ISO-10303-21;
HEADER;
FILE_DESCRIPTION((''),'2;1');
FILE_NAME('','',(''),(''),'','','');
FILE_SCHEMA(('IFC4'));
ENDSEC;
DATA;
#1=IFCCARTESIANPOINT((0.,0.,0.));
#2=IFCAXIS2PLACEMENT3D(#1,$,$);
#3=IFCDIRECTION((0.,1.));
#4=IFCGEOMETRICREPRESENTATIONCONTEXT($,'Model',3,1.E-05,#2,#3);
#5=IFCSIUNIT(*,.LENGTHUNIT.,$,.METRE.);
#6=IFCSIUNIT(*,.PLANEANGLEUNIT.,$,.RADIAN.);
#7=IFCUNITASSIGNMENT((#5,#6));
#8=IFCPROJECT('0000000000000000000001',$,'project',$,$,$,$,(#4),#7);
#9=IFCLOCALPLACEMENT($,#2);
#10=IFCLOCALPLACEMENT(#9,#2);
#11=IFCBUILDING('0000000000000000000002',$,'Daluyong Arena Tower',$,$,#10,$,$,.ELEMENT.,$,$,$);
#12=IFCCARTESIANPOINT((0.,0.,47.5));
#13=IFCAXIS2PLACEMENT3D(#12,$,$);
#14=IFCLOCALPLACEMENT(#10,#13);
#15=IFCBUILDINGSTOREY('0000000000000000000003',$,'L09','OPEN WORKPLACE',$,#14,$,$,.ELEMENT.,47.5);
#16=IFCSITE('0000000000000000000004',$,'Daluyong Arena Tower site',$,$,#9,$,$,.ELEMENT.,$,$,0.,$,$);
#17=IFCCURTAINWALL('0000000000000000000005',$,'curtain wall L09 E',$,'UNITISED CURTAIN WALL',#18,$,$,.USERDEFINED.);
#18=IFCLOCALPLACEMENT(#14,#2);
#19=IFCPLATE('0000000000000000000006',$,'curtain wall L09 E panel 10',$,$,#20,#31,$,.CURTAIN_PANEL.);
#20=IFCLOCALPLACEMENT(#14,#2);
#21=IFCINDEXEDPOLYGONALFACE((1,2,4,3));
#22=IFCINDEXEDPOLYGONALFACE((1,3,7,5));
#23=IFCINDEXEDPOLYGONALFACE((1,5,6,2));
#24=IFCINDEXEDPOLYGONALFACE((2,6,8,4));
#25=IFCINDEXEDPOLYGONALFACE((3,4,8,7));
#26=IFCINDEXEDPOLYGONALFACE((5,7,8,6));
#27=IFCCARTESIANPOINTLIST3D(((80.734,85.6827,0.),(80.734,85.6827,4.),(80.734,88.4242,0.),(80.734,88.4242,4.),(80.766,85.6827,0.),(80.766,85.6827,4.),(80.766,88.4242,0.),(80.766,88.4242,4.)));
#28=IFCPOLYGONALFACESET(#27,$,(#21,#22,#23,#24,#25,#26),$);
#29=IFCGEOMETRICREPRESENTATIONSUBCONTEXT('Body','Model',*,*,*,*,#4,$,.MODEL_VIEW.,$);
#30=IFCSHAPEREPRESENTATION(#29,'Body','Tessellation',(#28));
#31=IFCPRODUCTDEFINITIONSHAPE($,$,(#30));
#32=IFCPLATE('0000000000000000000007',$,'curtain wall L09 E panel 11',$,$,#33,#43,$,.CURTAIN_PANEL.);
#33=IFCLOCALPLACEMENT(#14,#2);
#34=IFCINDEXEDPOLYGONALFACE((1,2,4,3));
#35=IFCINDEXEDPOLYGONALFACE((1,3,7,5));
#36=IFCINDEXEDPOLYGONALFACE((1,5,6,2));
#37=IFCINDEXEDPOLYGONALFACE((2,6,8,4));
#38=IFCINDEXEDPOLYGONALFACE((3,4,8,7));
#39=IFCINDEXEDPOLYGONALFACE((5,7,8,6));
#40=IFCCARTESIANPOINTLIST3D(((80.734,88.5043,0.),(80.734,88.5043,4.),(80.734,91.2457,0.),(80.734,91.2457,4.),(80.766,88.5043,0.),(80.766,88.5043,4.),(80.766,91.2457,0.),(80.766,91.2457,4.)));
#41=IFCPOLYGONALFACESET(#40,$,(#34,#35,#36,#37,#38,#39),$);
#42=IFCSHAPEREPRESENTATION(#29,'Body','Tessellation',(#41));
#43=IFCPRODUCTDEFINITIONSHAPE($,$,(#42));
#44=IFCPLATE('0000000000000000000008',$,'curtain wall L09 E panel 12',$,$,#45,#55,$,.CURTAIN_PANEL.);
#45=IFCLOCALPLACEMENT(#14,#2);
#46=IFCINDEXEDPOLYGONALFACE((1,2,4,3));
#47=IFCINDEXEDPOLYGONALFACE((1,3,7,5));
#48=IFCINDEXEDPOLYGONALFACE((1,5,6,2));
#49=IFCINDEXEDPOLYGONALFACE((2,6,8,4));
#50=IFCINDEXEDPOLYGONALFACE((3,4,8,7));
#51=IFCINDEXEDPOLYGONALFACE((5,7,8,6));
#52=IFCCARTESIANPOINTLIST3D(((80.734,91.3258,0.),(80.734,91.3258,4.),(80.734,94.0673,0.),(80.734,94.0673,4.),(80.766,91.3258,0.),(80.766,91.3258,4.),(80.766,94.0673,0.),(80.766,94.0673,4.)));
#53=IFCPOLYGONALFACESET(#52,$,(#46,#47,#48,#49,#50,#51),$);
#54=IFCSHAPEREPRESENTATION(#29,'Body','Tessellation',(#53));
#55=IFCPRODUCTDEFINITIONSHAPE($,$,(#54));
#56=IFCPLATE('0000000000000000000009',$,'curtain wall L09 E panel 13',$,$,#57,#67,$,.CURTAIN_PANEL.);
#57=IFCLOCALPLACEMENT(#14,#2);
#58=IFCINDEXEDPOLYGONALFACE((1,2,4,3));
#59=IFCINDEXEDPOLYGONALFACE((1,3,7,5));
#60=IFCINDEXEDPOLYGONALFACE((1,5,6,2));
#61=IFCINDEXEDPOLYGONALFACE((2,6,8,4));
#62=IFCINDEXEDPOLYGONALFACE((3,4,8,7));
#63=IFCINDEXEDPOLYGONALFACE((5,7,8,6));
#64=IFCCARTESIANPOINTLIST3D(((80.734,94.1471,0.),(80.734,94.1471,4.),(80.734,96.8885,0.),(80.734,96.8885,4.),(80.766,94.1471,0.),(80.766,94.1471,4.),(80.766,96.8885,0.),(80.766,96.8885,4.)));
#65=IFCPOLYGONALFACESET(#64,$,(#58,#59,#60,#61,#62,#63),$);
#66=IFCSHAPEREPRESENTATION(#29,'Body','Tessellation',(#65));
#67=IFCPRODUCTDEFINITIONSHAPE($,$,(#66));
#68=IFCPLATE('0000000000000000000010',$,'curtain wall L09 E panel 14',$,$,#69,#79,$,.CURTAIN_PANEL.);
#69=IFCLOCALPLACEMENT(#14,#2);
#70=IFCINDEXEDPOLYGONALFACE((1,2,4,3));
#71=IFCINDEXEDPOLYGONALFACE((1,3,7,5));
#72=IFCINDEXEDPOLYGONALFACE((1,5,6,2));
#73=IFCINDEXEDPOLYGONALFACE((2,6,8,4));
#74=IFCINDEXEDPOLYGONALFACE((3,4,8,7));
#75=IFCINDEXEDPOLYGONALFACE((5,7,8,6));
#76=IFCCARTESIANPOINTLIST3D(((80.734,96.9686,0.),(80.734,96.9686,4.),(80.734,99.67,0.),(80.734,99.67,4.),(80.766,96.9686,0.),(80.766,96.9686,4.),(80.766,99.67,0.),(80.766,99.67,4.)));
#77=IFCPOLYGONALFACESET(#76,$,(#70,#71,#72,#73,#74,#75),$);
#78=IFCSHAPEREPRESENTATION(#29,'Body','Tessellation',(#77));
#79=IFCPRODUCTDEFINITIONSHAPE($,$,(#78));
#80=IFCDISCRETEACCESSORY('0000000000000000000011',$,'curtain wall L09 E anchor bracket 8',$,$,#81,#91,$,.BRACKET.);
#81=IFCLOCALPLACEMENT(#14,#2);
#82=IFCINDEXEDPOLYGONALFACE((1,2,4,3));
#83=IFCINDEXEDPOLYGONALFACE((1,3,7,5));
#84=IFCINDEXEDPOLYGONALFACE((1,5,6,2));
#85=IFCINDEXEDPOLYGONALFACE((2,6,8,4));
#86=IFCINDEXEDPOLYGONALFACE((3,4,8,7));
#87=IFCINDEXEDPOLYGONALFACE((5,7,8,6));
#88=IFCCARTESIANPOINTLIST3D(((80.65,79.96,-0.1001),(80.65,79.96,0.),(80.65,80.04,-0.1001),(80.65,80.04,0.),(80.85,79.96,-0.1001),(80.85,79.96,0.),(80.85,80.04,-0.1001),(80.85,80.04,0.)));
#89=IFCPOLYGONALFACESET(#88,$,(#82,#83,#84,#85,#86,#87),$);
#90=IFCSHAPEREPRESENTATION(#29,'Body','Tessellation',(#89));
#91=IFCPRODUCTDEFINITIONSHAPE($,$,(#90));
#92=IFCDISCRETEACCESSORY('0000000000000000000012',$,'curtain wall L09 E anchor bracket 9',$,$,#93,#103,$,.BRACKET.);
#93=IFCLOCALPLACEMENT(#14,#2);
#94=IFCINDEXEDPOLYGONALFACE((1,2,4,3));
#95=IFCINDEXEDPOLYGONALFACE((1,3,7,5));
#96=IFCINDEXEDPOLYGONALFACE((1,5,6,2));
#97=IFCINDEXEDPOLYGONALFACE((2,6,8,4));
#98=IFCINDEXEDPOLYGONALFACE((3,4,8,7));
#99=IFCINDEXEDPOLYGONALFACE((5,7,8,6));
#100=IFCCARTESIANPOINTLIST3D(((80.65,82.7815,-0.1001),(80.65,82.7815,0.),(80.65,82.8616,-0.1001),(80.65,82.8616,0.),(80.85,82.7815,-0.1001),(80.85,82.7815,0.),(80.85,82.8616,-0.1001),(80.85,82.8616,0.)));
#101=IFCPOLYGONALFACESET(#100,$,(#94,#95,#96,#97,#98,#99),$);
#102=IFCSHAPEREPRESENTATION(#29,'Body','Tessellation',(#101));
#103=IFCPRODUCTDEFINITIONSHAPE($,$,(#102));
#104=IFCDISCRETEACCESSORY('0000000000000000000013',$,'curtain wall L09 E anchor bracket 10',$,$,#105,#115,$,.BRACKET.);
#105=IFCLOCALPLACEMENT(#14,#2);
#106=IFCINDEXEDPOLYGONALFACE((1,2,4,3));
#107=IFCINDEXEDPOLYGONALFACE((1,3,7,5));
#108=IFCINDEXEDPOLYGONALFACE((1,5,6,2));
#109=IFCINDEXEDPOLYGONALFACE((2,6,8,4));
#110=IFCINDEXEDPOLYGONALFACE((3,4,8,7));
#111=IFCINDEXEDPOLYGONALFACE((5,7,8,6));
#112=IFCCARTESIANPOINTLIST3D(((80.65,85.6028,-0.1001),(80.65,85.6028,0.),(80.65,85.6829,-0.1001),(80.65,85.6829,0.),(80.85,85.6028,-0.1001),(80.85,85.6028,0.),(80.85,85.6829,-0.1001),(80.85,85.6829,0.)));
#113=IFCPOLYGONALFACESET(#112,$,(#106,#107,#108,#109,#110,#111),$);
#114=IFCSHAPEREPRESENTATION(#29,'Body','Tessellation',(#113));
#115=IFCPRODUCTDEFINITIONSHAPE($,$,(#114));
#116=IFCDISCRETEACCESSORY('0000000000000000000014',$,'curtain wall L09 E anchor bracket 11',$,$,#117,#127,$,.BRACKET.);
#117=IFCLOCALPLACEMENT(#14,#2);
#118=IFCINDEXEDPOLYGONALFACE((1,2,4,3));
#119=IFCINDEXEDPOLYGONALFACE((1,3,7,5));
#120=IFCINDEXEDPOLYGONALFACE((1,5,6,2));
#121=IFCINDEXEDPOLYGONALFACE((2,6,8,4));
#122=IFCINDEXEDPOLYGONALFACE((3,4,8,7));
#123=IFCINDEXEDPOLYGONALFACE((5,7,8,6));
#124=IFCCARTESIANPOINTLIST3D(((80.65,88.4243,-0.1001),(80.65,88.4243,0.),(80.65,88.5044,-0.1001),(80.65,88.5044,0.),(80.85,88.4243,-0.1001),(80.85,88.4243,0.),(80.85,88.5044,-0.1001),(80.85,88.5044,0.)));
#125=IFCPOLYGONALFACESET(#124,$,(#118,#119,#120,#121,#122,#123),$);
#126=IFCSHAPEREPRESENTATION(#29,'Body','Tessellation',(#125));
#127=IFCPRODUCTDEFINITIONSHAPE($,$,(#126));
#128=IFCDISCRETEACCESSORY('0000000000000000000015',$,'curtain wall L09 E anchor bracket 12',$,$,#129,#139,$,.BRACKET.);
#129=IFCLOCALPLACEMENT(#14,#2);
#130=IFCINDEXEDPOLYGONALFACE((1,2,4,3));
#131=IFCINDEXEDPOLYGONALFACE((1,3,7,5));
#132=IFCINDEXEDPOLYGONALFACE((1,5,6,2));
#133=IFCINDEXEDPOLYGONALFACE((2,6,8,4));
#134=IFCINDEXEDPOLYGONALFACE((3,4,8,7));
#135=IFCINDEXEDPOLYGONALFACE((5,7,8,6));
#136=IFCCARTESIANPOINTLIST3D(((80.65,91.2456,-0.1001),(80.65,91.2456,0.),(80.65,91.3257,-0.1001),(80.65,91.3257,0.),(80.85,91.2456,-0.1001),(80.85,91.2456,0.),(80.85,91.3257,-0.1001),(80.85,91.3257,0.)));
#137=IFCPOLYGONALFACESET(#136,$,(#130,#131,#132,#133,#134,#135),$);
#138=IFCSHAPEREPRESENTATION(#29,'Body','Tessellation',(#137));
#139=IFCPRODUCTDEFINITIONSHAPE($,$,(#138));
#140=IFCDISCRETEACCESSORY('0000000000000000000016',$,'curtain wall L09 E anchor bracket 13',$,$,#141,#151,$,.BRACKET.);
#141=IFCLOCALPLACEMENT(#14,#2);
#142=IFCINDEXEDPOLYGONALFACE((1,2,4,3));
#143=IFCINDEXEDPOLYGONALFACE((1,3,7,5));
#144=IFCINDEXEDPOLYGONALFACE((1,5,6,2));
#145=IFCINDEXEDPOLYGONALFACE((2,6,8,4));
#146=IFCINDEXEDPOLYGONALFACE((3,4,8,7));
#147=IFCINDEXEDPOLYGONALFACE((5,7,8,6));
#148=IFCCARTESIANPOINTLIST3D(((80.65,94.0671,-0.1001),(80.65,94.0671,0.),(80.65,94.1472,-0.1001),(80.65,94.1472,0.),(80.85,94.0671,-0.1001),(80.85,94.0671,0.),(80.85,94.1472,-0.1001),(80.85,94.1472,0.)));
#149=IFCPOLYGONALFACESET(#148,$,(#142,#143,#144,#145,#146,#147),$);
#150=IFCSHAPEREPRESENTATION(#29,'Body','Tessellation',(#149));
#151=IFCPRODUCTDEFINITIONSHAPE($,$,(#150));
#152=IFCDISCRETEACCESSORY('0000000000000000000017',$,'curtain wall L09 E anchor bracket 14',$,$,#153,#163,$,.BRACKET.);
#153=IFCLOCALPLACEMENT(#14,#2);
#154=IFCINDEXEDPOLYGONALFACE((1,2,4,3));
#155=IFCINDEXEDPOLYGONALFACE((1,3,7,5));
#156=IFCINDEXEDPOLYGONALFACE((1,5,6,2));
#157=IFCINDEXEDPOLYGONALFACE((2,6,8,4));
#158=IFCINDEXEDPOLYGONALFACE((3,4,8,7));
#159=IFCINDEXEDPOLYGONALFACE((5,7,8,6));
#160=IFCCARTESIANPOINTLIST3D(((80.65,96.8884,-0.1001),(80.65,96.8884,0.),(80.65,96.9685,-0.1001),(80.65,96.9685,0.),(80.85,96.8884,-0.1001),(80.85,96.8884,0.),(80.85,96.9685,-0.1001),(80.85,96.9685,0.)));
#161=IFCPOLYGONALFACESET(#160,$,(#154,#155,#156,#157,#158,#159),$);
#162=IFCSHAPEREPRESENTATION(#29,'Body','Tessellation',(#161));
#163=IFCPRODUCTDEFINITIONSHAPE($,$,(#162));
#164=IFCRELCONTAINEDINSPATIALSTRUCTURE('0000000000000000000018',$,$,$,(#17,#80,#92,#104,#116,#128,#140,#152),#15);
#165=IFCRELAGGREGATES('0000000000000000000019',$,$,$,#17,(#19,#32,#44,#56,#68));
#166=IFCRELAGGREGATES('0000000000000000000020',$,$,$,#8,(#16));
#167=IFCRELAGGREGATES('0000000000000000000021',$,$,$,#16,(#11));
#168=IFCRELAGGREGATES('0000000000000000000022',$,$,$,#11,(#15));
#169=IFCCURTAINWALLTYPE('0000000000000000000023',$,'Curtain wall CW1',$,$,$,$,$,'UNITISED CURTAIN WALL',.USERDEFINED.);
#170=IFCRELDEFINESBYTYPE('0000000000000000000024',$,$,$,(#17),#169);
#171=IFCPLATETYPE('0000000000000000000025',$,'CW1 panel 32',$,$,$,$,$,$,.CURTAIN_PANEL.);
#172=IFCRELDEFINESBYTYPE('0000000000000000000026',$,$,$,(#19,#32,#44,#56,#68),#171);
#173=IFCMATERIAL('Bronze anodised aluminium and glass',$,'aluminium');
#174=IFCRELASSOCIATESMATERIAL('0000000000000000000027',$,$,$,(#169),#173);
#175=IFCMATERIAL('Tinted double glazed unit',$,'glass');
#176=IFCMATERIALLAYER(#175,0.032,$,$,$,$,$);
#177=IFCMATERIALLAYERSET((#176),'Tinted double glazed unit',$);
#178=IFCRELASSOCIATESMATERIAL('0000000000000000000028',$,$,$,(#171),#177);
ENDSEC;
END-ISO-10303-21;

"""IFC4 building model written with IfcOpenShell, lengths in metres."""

from ifc_helpers import new_model, si_unit, direction, frame, origin, origin_2d, place, context, subcontext, project, spatial, rectangle, extrude, material, layer, layer_set, type_object, element, aggregate, save


model = new_model("IFC4")

# Units and contexts
model_context = context("Model", 3, precision=1e-05, world=origin(), true_north=direction((0.0, 1.0)))
body_context = subcontext(model_context, "Body", "Model", "MODEL_VIEW")
ifc_project = project(units=[si_unit("LENGTHUNIT", "METRE"), si_unit("PLANEANGLEUNIT", "RADIAN")], contexts=[model_context])

# Site, building, storey
site_placement = place(None, origin())
site = spatial("IfcSite", under=ifc_project, at=site_placement, Name="Daluyong Arena Tower site", CompositionType="ELEMENT", RefElevation=0.0)
building_placement = place(site_placement, origin())
building = spatial("IfcBuilding", under=site, at=building_placement, Name="Daluyong Arena Tower", CompositionType="ELEMENT")
storey_placement = place(building_placement, frame((0.0, 0.0, 47.5)))
storey = spatial("IfcBuildingStorey", under=building, at=storey_placement, Name="L09", Description="OPEN WORKPLACE", CompositionType="ELEMENT", Elevation=47.5)

# Curtain wall
ifc_material_1 = material(Name="Bronze anodised aluminium and glass", Category="aluminium")
curtain_wall_type = type_object("IfcCurtainWallType", Name="Curtain wall CW1", ElementType="UNITISED CURTAIN WALL", PredefinedType="USERDEFINED", material=ifc_material_1)
curtain_wall_placement = place(storey_placement, origin())
curtain_wall = element("IfcCurtainWall", 1, at=curtain_wall_placement, inside=storey, type_object=curtain_wall_type, Name="curtain wall L09 E", ObjectType="UNITISED CURTAIN WALL", PredefinedType="USERDEFINED")

# Plates
ifc_material_2 = material(Name="Tinted double glazed unit", Category="glass")
ifc_layer = layer(ifc_material_2, 0.032)
ifc_layer_set = layer_set([ifc_layer], Name="Tinted double glazed unit")
plate_type = type_object("IfcPlateType", Name="CW1 panel 32", PredefinedType="CURTAIN_PANEL", material=ifc_layer_set)
plate_1_placement = place(storey_placement, frame((80.75, 87.0535, 0.0), z_axis=(0.0, 0.0, 1.0), x_axis=(0.0, 1.0, 0.0)))
plate_1 = element("IfcPlate", 2, at=plate_1_placement, type_object=plate_type, Name="curtain wall L09 E panel 10", PredefinedType="CURTAIN_PANEL", context=body_context, shape_type="SweptSolid", body=[
    extrude(rectangle(XDim=2.7415, YDim=0.032, at=origin_2d()), origin(), (0.0, 0.0, 1.0), 4.0),
])
plate_2_placement = place(storey_placement, frame((80.75, 89.875, 0.0), z_axis=(0.0, 0.0, 1.0), x_axis=(0.0, 1.0, 0.0)))
plate_2 = element("IfcPlate", 3, at=plate_2_placement, type_object=plate_type, Name="curtain wall L09 E panel 11", PredefinedType="CURTAIN_PANEL", context=body_context, shape_type="SweptSolid", body=[
    extrude(rectangle(XDim=2.7415, YDim=0.032, at=origin_2d()), origin(), (0.0, 0.0, 1.0), 4.0),
])
plate_3_placement = place(storey_placement, frame((80.75, 92.6965, 0.0), z_axis=(0.0, 0.0, 1.0), x_axis=(0.0, 1.0, 0.0)))
plate_3 = element("IfcPlate", 4, at=plate_3_placement, type_object=plate_type, Name="curtain wall L09 E panel 12", PredefinedType="CURTAIN_PANEL", context=body_context, shape_type="SweptSolid", body=[
    extrude(rectangle(XDim=2.7415, YDim=0.032, at=origin_2d()), origin(), (0.0, 0.0, 1.0), 4.0),
])
plate_4_placement = place(storey_placement, frame((80.75, 95.5178, 0.0), z_axis=(0.0, 0.0, 1.0), x_axis=(0.0, 1.0, 0.0)))
plate_4 = element("IfcPlate", 5, at=plate_4_placement, type_object=plate_type, Name="curtain wall L09 E panel 13", PredefinedType="CURTAIN_PANEL", context=body_context, shape_type="SweptSolid", body=[
    extrude(rectangle(XDim=2.7415, YDim=0.032, at=origin_2d()), origin(), (0.0, 0.0, 1.0), 4.0),
])
plate_5_placement = place(storey_placement, frame((80.75, 98.3193, 0.0), z_axis=(0.0, 0.0, 1.0), x_axis=(0.0, 1.0, 0.0)))
plate_5 = element("IfcPlate", 6, at=plate_5_placement, type_object=plate_type, Name="curtain wall L09 E panel 14", PredefinedType="CURTAIN_PANEL", context=body_context, shape_type="SweptSolid", body=[
    extrude(rectangle(XDim=2.7014, YDim=0.032, at=origin_2d()), origin(), (0.0, 0.0, 1.0), 4.0),
])
aggregate(curtain_wall, [plate_1, plate_2, plate_3, plate_4, plate_5])

# Discrete accessories
for number, where, z_axis, x_axis, name in (
    (7, (80.75, 80.0, -0.1001), (0.0, 0.0, 1.0), (0.0, 1.0, 0.0), "curtain wall L09 E anchor bracket 8"),
    (8, (80.75, 82.8215, -0.1001), (0.0, 0.0, 1.0), (0.0, 1.0, 0.0), "curtain wall L09 E anchor bracket 9"),
    (9, (80.75, 85.6428, -0.1001), (0.0, 0.0, 1.0), (0.0, 1.0, 0.0), "curtain wall L09 E anchor bracket 10"),
    (10, (80.75, 88.4644, -0.1001), (0.0, 0.0, 1.0), (0.0, 1.0, 0.0), "curtain wall L09 E anchor bracket 11"),
    (11, (80.75, 91.2856, -0.1001), (0.0, 0.0, 1.0), (0.0, 1.0, 0.0), "curtain wall L09 E anchor bracket 12"),
    (12, (80.75, 94.1072, -0.1001), (0.0, 0.0, 1.0), (0.0, 1.0, 0.0), "curtain wall L09 E anchor bracket 13"),
    (13, (80.75, 96.9285, -0.1001), (0.0, 0.0, 1.0), (0.0, 1.0, 0.0), "curtain wall L09 E anchor bracket 14"),
):
    element("IfcDiscreteAccessory", number, at=place(storey_placement, frame(where, z_axis=z_axis, x_axis=x_axis)), inside=storey, Name=name, PredefinedType="BRACKET", context=body_context, shape_type="SweptSolid", body=[
        extrude(rectangle(XDim=0.0801, YDim=0.2, at=origin_2d()), origin(), (0.0, 0.0, 1.0), 0.1001),
    ])

save(model, "model.ifc")
